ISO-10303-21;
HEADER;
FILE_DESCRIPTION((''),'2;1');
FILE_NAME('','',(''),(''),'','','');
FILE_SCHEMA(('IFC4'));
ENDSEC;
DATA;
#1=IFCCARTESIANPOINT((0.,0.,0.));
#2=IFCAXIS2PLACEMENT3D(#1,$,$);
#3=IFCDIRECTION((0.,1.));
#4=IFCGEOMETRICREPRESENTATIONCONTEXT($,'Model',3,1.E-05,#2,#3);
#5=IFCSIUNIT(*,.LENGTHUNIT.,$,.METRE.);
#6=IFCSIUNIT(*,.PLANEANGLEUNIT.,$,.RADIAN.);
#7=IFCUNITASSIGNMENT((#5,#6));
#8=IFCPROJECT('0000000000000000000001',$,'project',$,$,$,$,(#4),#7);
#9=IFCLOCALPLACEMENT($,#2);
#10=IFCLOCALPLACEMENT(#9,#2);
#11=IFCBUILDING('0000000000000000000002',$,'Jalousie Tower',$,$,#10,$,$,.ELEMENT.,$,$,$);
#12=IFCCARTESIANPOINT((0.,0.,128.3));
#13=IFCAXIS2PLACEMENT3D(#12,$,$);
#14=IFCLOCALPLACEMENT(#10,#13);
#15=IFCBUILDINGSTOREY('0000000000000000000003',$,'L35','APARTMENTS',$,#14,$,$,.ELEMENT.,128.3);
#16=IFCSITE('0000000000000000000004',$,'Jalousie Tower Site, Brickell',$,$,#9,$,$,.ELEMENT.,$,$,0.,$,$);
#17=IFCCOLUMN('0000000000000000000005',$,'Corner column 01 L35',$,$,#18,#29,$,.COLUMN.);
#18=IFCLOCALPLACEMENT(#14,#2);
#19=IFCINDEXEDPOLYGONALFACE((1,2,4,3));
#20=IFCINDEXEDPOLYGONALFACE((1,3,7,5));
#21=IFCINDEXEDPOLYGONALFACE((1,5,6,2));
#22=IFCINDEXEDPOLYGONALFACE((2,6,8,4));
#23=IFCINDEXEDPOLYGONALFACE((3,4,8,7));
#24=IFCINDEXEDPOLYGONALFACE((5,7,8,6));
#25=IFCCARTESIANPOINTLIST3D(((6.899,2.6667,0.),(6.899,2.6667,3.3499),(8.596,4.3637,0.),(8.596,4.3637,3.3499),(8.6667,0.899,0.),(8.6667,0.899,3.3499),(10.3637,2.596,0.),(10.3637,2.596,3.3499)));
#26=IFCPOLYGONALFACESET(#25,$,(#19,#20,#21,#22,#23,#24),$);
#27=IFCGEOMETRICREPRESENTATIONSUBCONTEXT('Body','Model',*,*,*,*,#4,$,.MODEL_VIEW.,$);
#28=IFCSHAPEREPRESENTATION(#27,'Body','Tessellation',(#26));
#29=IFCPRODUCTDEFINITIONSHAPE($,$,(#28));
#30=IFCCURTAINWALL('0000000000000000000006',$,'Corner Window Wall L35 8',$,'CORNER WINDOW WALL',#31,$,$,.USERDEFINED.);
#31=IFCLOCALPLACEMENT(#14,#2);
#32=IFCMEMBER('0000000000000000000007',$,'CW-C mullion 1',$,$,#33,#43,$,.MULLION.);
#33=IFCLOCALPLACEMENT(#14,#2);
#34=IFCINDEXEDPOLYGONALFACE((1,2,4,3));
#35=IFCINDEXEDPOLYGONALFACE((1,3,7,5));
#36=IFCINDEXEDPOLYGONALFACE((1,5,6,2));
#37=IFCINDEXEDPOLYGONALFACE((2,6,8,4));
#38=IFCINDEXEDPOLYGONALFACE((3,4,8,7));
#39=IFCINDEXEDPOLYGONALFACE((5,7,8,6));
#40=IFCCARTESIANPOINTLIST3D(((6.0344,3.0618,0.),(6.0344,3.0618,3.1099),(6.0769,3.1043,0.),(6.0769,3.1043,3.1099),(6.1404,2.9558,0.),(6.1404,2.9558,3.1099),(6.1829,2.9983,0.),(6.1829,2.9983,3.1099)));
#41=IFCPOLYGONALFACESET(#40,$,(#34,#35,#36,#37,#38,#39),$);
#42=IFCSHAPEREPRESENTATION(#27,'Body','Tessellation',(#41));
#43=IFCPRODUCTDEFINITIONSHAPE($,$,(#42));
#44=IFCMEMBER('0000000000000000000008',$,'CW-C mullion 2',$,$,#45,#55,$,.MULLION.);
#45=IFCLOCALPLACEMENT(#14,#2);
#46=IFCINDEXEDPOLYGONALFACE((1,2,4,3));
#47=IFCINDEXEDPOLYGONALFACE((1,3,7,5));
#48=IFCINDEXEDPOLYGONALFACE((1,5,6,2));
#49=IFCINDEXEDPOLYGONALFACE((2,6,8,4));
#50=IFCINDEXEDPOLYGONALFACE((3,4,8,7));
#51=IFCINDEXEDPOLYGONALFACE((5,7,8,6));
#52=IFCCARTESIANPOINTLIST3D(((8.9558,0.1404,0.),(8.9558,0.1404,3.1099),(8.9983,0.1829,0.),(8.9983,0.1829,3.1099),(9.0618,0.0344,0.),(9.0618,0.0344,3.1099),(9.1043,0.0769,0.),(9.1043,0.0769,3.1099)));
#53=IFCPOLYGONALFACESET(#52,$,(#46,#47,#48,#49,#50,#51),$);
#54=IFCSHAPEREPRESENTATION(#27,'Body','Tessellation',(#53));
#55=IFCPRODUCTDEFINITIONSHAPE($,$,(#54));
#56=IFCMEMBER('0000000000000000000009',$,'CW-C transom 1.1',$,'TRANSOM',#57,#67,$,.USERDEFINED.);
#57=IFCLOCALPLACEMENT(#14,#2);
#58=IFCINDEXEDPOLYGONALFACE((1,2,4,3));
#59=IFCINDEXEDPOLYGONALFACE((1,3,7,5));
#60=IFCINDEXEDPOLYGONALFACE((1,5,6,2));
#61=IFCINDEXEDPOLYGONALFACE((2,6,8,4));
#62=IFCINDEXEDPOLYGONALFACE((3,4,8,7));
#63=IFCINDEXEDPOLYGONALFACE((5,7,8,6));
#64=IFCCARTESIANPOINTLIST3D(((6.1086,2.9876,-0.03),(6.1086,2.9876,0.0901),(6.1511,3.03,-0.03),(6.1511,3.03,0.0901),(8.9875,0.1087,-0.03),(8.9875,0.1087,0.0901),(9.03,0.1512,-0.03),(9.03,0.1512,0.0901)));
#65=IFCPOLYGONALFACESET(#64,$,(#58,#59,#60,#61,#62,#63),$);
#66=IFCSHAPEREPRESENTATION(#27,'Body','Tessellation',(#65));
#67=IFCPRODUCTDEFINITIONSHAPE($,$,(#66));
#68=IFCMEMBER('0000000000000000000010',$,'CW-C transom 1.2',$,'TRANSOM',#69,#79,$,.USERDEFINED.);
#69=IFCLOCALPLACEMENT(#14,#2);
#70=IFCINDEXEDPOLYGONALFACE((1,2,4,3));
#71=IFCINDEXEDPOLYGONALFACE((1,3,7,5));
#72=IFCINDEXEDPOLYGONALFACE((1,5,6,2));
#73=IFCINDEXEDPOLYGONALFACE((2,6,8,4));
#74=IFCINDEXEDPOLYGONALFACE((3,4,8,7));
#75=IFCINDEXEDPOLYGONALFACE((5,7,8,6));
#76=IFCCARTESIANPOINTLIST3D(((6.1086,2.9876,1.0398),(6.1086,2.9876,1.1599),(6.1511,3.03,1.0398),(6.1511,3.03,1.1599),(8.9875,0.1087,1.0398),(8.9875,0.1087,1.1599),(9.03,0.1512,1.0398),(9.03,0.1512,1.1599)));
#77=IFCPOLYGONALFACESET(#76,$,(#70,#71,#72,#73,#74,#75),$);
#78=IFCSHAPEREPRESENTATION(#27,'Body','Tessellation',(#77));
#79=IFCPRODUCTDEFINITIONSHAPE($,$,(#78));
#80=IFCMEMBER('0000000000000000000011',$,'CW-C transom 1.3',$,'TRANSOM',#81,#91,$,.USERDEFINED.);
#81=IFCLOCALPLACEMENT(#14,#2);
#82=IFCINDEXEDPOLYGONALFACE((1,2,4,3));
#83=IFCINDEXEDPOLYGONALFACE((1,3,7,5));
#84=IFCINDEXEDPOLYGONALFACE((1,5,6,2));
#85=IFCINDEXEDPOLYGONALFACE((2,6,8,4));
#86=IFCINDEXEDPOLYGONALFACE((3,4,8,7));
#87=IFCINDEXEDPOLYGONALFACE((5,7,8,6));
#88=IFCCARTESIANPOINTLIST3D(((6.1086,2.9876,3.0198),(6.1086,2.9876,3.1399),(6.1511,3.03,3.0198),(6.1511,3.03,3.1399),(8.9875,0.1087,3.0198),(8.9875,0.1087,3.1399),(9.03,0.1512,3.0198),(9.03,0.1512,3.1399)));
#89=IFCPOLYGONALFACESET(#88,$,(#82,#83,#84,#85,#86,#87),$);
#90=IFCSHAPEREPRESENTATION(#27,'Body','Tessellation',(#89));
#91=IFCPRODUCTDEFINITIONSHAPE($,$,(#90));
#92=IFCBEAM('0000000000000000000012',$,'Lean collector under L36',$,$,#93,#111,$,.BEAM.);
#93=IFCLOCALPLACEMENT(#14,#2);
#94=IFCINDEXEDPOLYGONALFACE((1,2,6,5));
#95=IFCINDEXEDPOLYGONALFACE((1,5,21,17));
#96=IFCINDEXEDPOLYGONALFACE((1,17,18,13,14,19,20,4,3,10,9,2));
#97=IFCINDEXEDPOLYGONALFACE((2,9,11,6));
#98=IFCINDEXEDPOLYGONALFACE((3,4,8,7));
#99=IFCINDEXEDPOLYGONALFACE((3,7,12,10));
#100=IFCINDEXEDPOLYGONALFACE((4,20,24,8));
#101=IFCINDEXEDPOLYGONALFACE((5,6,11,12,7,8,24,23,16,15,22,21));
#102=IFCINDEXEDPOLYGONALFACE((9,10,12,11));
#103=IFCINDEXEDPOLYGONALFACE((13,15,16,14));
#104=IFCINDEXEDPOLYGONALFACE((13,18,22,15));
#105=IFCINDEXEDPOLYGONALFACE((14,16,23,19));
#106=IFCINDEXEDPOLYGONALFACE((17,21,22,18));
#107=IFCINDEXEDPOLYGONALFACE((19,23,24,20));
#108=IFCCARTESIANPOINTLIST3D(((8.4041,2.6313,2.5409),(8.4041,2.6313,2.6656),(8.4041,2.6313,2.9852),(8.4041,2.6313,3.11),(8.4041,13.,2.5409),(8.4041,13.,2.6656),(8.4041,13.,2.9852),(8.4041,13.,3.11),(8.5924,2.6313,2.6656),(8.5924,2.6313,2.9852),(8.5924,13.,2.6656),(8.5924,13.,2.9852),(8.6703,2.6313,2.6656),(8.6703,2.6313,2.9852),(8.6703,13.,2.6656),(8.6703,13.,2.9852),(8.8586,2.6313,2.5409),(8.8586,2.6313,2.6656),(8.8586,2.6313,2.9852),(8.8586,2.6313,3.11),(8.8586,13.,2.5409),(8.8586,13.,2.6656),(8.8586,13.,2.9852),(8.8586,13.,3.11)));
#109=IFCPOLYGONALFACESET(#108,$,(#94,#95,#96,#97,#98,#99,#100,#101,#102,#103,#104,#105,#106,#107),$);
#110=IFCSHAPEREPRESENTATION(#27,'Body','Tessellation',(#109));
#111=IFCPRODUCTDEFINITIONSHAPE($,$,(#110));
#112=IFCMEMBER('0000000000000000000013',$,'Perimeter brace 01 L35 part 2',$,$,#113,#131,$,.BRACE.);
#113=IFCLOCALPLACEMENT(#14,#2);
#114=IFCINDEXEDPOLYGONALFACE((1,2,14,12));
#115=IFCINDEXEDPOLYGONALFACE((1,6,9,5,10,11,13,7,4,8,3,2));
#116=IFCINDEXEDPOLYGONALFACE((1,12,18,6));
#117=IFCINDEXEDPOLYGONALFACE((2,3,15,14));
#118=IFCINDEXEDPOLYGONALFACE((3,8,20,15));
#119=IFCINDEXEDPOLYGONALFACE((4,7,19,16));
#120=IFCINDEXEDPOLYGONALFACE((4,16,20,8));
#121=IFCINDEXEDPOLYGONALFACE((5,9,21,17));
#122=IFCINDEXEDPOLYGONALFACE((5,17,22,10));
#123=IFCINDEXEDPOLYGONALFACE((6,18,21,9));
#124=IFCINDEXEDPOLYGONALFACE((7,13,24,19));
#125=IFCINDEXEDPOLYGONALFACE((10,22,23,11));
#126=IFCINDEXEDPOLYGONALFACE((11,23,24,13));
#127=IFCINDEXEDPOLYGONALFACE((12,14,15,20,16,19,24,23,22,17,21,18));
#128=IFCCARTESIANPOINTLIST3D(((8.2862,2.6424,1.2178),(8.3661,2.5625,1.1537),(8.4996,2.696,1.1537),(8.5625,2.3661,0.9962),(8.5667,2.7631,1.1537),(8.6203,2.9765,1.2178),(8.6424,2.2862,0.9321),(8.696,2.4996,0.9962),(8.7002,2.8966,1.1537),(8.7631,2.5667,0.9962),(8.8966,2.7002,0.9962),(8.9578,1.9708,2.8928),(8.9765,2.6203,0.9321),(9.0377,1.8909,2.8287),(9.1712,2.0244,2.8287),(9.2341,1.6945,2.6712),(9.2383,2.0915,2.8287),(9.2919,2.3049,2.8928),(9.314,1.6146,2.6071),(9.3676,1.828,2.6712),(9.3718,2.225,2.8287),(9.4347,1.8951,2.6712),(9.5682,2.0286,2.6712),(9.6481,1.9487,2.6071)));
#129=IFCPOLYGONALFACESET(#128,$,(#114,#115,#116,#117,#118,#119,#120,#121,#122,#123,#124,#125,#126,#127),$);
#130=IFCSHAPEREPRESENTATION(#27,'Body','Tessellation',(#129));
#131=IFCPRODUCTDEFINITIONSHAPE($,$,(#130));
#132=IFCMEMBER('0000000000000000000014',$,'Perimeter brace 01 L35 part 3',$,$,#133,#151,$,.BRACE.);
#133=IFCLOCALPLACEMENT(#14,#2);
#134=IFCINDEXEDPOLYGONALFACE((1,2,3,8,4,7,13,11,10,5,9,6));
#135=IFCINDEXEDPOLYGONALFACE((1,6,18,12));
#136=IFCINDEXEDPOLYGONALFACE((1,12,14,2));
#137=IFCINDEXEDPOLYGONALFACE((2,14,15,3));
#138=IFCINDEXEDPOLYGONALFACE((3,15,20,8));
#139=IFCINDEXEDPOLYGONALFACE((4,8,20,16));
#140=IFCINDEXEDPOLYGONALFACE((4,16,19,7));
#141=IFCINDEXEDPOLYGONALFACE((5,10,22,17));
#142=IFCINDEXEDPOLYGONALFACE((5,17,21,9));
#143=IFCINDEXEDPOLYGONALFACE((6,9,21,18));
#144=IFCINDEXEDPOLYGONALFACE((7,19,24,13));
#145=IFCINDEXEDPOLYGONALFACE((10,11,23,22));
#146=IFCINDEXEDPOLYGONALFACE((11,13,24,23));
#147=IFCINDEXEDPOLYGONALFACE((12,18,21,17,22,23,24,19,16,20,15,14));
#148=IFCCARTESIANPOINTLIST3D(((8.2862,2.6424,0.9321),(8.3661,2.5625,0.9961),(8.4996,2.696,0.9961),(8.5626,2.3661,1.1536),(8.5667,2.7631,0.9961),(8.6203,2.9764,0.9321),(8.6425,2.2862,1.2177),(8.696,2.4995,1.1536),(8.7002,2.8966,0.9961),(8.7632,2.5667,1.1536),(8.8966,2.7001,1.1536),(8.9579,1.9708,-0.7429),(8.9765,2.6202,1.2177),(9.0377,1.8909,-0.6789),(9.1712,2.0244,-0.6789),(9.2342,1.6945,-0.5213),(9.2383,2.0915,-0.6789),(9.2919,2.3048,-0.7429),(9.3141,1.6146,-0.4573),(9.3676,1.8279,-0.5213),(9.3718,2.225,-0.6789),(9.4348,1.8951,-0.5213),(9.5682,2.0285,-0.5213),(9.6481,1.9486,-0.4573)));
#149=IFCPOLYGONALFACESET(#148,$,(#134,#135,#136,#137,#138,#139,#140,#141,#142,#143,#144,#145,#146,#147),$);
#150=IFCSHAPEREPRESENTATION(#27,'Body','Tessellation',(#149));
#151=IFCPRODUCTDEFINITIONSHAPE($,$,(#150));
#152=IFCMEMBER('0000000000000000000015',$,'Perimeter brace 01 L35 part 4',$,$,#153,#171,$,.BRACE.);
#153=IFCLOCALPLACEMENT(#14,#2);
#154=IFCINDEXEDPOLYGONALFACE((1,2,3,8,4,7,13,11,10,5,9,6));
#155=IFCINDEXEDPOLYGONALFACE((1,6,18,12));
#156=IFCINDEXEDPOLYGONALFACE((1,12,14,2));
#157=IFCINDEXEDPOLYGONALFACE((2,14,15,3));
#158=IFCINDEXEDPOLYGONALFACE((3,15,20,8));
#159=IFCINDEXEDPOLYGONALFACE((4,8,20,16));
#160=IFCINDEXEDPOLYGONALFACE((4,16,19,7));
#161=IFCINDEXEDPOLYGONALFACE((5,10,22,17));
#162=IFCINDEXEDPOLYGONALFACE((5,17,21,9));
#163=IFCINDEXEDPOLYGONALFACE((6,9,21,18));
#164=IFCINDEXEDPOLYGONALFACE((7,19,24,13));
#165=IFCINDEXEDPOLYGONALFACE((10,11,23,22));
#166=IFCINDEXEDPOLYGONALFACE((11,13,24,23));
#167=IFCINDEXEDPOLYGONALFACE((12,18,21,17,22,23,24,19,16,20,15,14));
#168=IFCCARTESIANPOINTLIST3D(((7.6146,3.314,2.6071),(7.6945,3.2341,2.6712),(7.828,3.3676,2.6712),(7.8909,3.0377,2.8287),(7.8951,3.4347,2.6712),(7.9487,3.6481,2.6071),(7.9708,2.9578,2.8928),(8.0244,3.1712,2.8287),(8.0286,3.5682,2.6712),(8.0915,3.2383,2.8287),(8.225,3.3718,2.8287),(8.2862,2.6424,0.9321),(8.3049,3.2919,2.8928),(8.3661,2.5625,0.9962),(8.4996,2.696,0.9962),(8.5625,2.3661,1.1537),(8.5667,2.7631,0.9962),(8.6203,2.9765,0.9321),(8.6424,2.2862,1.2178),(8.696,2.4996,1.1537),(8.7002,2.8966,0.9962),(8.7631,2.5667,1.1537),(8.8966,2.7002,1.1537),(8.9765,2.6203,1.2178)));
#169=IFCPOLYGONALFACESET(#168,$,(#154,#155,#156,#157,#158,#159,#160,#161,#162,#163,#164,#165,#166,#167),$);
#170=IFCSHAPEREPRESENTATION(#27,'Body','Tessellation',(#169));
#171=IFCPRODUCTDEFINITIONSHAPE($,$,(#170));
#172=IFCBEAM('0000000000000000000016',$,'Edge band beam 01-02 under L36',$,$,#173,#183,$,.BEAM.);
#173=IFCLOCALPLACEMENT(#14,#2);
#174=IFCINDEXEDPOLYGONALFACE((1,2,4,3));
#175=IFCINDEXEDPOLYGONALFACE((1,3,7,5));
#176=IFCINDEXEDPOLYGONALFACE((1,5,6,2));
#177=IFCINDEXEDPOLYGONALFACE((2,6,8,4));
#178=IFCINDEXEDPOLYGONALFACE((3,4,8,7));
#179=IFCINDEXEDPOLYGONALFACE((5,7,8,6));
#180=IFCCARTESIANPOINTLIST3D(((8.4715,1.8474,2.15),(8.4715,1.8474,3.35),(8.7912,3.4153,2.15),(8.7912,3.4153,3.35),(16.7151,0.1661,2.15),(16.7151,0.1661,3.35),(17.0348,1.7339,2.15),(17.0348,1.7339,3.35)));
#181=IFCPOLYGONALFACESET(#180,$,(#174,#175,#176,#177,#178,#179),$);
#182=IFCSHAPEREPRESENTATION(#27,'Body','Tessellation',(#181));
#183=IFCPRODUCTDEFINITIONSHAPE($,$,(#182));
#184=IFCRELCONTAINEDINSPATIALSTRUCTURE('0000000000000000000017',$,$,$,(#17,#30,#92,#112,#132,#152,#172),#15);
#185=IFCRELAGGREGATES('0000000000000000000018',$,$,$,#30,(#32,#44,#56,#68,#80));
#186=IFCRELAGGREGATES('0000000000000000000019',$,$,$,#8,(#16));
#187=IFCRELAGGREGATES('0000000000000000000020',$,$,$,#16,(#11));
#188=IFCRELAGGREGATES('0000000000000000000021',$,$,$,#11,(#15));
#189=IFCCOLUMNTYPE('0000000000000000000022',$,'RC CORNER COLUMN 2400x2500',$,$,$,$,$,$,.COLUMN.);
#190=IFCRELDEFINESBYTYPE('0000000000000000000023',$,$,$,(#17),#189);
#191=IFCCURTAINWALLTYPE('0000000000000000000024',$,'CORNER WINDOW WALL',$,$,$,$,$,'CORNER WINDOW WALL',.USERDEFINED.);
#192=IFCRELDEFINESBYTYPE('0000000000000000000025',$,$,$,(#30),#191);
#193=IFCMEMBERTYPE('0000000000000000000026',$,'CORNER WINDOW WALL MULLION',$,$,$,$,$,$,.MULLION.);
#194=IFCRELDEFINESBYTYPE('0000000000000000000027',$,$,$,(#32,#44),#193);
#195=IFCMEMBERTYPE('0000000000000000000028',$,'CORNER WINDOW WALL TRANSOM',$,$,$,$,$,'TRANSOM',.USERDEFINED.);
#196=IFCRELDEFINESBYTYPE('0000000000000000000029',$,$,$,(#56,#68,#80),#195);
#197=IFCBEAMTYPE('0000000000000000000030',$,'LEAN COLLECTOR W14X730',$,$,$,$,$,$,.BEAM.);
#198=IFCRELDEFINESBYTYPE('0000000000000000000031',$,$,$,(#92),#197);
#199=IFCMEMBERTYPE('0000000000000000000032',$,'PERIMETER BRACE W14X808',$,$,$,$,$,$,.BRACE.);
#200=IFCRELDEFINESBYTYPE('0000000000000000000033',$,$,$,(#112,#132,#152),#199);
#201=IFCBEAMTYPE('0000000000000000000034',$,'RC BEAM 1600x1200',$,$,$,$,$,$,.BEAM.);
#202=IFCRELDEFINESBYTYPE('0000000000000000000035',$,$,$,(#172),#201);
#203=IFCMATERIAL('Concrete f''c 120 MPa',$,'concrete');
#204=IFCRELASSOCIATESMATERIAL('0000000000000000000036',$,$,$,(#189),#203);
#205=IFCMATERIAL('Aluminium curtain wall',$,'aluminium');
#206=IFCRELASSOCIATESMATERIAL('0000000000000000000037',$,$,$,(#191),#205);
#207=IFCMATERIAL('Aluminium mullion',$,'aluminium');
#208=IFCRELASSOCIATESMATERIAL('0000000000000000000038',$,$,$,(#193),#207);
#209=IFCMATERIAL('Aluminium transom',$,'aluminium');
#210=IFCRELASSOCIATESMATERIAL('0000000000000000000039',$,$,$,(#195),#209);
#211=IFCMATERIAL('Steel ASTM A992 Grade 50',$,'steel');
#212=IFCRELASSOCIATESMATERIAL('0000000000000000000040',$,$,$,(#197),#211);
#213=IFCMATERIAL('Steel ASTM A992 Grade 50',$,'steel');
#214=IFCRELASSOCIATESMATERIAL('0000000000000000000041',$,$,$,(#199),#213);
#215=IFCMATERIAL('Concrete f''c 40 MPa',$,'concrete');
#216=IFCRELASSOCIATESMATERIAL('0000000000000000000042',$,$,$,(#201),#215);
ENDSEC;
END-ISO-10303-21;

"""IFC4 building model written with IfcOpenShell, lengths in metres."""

from ifc_helpers import new_model, si_unit, direction, frame, origin, origin_2d, place, context, subcontext, project, spatial, rectangle, i_section, extrude, material, material_profile, profile_set, type_object, element, aggregate, save


model = new_model("IFC4")

# Units and contexts
model_context = context("Model", 3, precision=1e-05, world=origin(), true_north=direction((0.0, 1.0)))
body_context = subcontext(model_context, "Body", "Model", "MODEL_VIEW")
ifc_project = project(units=[si_unit("LENGTHUNIT", "METRE"), si_unit("PLANEANGLEUNIT", "RADIAN")], contexts=[model_context])

# Site, building, storey
site_placement = place(None, origin())
site = spatial("IfcSite", under=ifc_project, at=site_placement, Name="Jalousie Tower Site, Brickell", CompositionType="ELEMENT", RefElevation=0.0)
building_placement = place(site_placement, origin())
building = spatial("IfcBuilding", under=site, at=building_placement, Name="Jalousie Tower", CompositionType="ELEMENT")
storey_placement = place(building_placement, frame((0.0, 0.0, 128.3)))
storey = spatial("IfcBuildingStorey", under=building, at=storey_placement, Name="L35", Description="APARTMENTS", CompositionType="ELEMENT", Elevation=128.3)

# Column
ifc_material_1 = material(Name="Concrete f'c 120 MPa", Category="concrete")
ifc_material_profile_1 = material_profile(ifc_material_1, rectangle(XDim=2.3999, YDim=2.5, at=origin_2d()), Name="RC 2400x2500")
ifc_profile_set_1 = profile_set([ifc_material_profile_1], Name="Concrete f'c 120 MPa")
column_type = type_object("IfcColumnType", Name="RC CORNER COLUMN 2400x2500", PredefinedType="COLUMN", material=ifc_profile_set_1)
column_placement = place(storey_placement, frame((8.6313, 2.6313, 0.0), z_axis=(0.0, 0.0, 1.0), x_axis=(0.707107, 0.707107, 0.0)))
element("IfcColumn", 1, at=column_placement, inside=storey, type_object=column_type, Name="Corner column 01 L35", PredefinedType="COLUMN", context=body_context, shape_type="SweptSolid", body=[
    extrude(rectangle(XDim=2.3999, YDim=2.5, at=origin_2d()), origin(), (0.0, 0.0, 1.0), 3.3499),
])

# Curtain wall, members
ifc_material_2 = material(Name="Aluminium curtain wall", Category="aluminium")
curtain_wall_type_1 = type_object("IfcCurtainWallType", Name="CORNER WINDOW WALL", ElementType="CORNER WINDOW WALL", PredefinedType="USERDEFINED", material=ifc_material_2)
curtain_wall_1_placement = place(storey_placement, origin())
curtain_wall_1 = element("IfcCurtainWall", 2, at=curtain_wall_1_placement, inside=storey, type_object=curtain_wall_type_1, Name="Corner Window Wall L35 8", ObjectType="CORNER WINDOW WALL", PredefinedType="USERDEFINED")
ifc_material_3 = material(Name="Aluminium mullion", Category="aluminium")
ifc_material_profile_2 = material_profile(ifc_material_3, rectangle(XDim=0.0601, YDim=0.1499, at=origin_2d()), Name="MULLION 60x150")
ifc_profile_set_2 = profile_set([ifc_material_profile_2], Name="Aluminium mullion")
member_type_1 = type_object("IfcMemberType", Name="CORNER WINDOW WALL MULLION", PredefinedType="MULLION", material=ifc_profile_set_2)
member_1_placement = place(storey_placement, frame((6.1086, 3.03, 0.0), z_axis=(0.0, 0.0, 1.0), x_axis=(0.707107, 0.707107, 0.0)))
member_1 = element("IfcMember", 3, at=member_1_placement, type_object=member_type_1, Name="CW-C mullion 1", PredefinedType="MULLION", context=body_context, shape_type="SweptSolid", body=[
    extrude(rectangle(XDim=0.0601, YDim=0.1499, at=origin_2d()), origin(), (0.0, 0.0, 1.0), 3.1099),
])
member_2_placement = place(storey_placement, frame((9.03, 0.1086, 0.0), z_axis=(0.0, 0.0, 1.0), x_axis=(0.707107, 0.707107, 0.0)))
member_2 = element("IfcMember", 4, at=member_2_placement, type_object=member_type_1, Name="CW-C mullion 2", PredefinedType="MULLION", context=body_context, shape_type="SweptSolid", body=[
    extrude(rectangle(XDim=0.0601, YDim=0.1499, at=origin_2d()), origin(), (0.0, 0.0, 1.0), 3.1099),
])
ifc_material_4 = material(Name="Aluminium transom", Category="aluminium")
ifc_material_profile_3 = material_profile(ifc_material_4, rectangle(XDim=0.0601, YDim=0.1201, at=origin_2d()), Name="TRANSOM 60x120")
ifc_profile_set_3 = profile_set([ifc_material_profile_3], Name="Aluminium transom")
member_type_2 = type_object("IfcMemberType", Name="CORNER WINDOW WALL TRANSOM", ElementType="TRANSOM", PredefinedType="USERDEFINED", material=ifc_profile_set_3)
member_3_placement = place(storey_placement, frame((6.1299, 3.0088, 0.03), z_axis=(0.707107, -0.707107, 0.0), x_axis=(0.707107, 0.707107, 0.0)))
member_3 = element("IfcMember", 5, at=member_3_placement, type_object=member_type_2, Name="CW-C transom 1.1", ObjectType="TRANSOM", PredefinedType="USERDEFINED", context=body_context, shape_type="SweptSolid", body=[
    extrude(rectangle(XDim=0.0601, YDim=0.1201, at=origin_2d()), origin(), (0.0, 0.0, 1.0), 4.0713),
])
member_4_placement = place(storey_placement, frame((6.1299, 3.0088, 1.0999), z_axis=(0.707107, -0.707107, 0.0), x_axis=(0.707107, 0.707107, 0.0)))
member_4 = element("IfcMember", 6, at=member_4_placement, type_object=member_type_2, Name="CW-C transom 1.2", ObjectType="TRANSOM", PredefinedType="USERDEFINED", context=body_context, shape_type="SweptSolid", body=[
    extrude(rectangle(XDim=0.0601, YDim=0.1201, at=origin_2d()), origin(), (0.0, 0.0, 1.0), 4.0713),
])
member_5_placement = place(storey_placement, frame((6.1299, 3.0088, 3.0798), z_axis=(0.707107, -0.707107, 0.0), x_axis=(0.707107, 0.707107, 0.0)))
member_5 = element("IfcMember", 7, at=member_5_placement, type_object=member_type_2, Name="CW-C transom 1.3", ObjectType="TRANSOM", PredefinedType="USERDEFINED", context=body_context, shape_type="SweptSolid", body=[
    extrude(rectangle(XDim=0.0601, YDim=0.1201, at=origin_2d()), origin(), (0.0, 0.0, 1.0), 4.0713),
])

# Beam
ifc_material_5 = material(Name="Steel ASTM A992 Grade 50", Category="steel")
ifc_material_profile_4 = material_profile(ifc_material_5, i_section(OverallWidth=0.4546, OverallDepth=0.5691, WebThickness=0.0779, FlangeThickness=0.1248, at=origin_2d()), Name="W14X730")
ifc_profile_set_4 = profile_set([ifc_material_profile_4], Name="Steel ASTM A992 Grade 50")
beam_type_1 = type_object("IfcBeamType", Name="LEAN COLLECTOR W14X730", PredefinedType="BEAM", material=ifc_profile_set_4)
beam_1_placement = place(storey_placement, frame((8.6313, 2.6313, 2.8254), z_axis=(0.0, 1.0, 0.0), x_axis=(-1.0, 0.0, 0.0)))
element("IfcBeam", 8, at=beam_1_placement, inside=storey, type_object=beam_type_1, Name="Lean collector under L36", PredefinedType="BEAM", context=body_context, shape_type="SweptSolid", body=[
    extrude(i_section(OverallWidth=0.4546, OverallDepth=0.5691, WebThickness=0.0779, FlangeThickness=0.1248, at=origin_2d()), origin(), (0.0, 0.0, 1.0), 10.3687),
])

# Members
ifc_material_6 = material(Name="Steel ASTM A992 Grade 50", Category="steel")
ifc_material_profile_5 = material_profile(ifc_material_6, i_section(OverallWidth=0.4724, OverallDepth=0.5791, WebThickness=0.095, FlangeThickness=0.1299, at=origin_2d()), Name="W14X808")
ifc_profile_set_5 = profile_set([ifc_material_profile_5], Name="Steel ASTM A992 Grade 50")
member_type_3 = type_object("IfcMemberType", Name="PERIMETER BRACE W14X808", PredefinedType="BRACE", material=ifc_profile_set_5)
for number, where, z_axis, x_axis, name in (
    (9, (8.6313, 2.6313, 1.075), (0.348789, -0.348789, 0.869881), (0.707107, 0.707107, 0.0), "Perimeter brace 01 L35 part 2"),
    (10, (9.303, 1.9597, -0.6001), (-0.348789, 0.348789, 0.869881), (-0.707107, -0.707107, 0.0), "Perimeter brace 01 L35 part 3"),
    (11, (8.6313, 2.6313, 1.075), (-0.348789, 0.348789, 0.869881), (-0.707107, -0.707107, 0.0), "Perimeter brace 01 L35 part 4"),
):
    element("IfcMember", number, at=place(storey_placement, frame(where, z_axis=z_axis, x_axis=x_axis)), inside=storey, type_object=member_type_3, Name=name, PredefinedType="BRACE", context=body_context, shape_type="SweptSolid", body=[
        extrude(i_section(OverallWidth=0.4724, OverallDepth=0.5791, WebThickness=0.095, FlangeThickness=0.1299, at=origin_2d()), origin(), (0.0, 0.0, 1.0), 1.9255),
    ])

# Beam
ifc_material_7 = material(Name="Concrete f'c 40 MPa", Category="concrete")
ifc_material_profile_6 = material_profile(ifc_material_7, rectangle(XDim=1.6001, YDim=1.2, at=origin_2d()), Name="RC 1600x1200")
ifc_profile_set_6 = profile_set([ifc_material_profile_6], Name="Concrete f'c 40 MPa")
beam_type_2 = type_object("IfcBeamType", Name="RC BEAM 1600x1200", PredefinedType="BEAM", material=ifc_profile_set_6)
beam_2_placement = place(storey_placement, frame((8.6313, 2.6313, 2.75), z_axis=(0.979827, -0.199848, 0.0), x_axis=(0.199848, 0.979827, 0.0)))
element("IfcBeam", 12, at=beam_2_placement, inside=storey, type_object=beam_type_2, Name="Edge band beam 01-02 under L36", PredefinedType="BEAM", context=body_context, shape_type="SweptSolid", body=[
    extrude(rectangle(XDim=1.6001, YDim=1.2, at=origin_2d()), origin(), (0.0, 0.0, 1.0), 8.4133),
])

aggregate(curtain_wall_1, [member_1, member_2, member_3, member_4, member_5])

save(model, "model.ifc")
